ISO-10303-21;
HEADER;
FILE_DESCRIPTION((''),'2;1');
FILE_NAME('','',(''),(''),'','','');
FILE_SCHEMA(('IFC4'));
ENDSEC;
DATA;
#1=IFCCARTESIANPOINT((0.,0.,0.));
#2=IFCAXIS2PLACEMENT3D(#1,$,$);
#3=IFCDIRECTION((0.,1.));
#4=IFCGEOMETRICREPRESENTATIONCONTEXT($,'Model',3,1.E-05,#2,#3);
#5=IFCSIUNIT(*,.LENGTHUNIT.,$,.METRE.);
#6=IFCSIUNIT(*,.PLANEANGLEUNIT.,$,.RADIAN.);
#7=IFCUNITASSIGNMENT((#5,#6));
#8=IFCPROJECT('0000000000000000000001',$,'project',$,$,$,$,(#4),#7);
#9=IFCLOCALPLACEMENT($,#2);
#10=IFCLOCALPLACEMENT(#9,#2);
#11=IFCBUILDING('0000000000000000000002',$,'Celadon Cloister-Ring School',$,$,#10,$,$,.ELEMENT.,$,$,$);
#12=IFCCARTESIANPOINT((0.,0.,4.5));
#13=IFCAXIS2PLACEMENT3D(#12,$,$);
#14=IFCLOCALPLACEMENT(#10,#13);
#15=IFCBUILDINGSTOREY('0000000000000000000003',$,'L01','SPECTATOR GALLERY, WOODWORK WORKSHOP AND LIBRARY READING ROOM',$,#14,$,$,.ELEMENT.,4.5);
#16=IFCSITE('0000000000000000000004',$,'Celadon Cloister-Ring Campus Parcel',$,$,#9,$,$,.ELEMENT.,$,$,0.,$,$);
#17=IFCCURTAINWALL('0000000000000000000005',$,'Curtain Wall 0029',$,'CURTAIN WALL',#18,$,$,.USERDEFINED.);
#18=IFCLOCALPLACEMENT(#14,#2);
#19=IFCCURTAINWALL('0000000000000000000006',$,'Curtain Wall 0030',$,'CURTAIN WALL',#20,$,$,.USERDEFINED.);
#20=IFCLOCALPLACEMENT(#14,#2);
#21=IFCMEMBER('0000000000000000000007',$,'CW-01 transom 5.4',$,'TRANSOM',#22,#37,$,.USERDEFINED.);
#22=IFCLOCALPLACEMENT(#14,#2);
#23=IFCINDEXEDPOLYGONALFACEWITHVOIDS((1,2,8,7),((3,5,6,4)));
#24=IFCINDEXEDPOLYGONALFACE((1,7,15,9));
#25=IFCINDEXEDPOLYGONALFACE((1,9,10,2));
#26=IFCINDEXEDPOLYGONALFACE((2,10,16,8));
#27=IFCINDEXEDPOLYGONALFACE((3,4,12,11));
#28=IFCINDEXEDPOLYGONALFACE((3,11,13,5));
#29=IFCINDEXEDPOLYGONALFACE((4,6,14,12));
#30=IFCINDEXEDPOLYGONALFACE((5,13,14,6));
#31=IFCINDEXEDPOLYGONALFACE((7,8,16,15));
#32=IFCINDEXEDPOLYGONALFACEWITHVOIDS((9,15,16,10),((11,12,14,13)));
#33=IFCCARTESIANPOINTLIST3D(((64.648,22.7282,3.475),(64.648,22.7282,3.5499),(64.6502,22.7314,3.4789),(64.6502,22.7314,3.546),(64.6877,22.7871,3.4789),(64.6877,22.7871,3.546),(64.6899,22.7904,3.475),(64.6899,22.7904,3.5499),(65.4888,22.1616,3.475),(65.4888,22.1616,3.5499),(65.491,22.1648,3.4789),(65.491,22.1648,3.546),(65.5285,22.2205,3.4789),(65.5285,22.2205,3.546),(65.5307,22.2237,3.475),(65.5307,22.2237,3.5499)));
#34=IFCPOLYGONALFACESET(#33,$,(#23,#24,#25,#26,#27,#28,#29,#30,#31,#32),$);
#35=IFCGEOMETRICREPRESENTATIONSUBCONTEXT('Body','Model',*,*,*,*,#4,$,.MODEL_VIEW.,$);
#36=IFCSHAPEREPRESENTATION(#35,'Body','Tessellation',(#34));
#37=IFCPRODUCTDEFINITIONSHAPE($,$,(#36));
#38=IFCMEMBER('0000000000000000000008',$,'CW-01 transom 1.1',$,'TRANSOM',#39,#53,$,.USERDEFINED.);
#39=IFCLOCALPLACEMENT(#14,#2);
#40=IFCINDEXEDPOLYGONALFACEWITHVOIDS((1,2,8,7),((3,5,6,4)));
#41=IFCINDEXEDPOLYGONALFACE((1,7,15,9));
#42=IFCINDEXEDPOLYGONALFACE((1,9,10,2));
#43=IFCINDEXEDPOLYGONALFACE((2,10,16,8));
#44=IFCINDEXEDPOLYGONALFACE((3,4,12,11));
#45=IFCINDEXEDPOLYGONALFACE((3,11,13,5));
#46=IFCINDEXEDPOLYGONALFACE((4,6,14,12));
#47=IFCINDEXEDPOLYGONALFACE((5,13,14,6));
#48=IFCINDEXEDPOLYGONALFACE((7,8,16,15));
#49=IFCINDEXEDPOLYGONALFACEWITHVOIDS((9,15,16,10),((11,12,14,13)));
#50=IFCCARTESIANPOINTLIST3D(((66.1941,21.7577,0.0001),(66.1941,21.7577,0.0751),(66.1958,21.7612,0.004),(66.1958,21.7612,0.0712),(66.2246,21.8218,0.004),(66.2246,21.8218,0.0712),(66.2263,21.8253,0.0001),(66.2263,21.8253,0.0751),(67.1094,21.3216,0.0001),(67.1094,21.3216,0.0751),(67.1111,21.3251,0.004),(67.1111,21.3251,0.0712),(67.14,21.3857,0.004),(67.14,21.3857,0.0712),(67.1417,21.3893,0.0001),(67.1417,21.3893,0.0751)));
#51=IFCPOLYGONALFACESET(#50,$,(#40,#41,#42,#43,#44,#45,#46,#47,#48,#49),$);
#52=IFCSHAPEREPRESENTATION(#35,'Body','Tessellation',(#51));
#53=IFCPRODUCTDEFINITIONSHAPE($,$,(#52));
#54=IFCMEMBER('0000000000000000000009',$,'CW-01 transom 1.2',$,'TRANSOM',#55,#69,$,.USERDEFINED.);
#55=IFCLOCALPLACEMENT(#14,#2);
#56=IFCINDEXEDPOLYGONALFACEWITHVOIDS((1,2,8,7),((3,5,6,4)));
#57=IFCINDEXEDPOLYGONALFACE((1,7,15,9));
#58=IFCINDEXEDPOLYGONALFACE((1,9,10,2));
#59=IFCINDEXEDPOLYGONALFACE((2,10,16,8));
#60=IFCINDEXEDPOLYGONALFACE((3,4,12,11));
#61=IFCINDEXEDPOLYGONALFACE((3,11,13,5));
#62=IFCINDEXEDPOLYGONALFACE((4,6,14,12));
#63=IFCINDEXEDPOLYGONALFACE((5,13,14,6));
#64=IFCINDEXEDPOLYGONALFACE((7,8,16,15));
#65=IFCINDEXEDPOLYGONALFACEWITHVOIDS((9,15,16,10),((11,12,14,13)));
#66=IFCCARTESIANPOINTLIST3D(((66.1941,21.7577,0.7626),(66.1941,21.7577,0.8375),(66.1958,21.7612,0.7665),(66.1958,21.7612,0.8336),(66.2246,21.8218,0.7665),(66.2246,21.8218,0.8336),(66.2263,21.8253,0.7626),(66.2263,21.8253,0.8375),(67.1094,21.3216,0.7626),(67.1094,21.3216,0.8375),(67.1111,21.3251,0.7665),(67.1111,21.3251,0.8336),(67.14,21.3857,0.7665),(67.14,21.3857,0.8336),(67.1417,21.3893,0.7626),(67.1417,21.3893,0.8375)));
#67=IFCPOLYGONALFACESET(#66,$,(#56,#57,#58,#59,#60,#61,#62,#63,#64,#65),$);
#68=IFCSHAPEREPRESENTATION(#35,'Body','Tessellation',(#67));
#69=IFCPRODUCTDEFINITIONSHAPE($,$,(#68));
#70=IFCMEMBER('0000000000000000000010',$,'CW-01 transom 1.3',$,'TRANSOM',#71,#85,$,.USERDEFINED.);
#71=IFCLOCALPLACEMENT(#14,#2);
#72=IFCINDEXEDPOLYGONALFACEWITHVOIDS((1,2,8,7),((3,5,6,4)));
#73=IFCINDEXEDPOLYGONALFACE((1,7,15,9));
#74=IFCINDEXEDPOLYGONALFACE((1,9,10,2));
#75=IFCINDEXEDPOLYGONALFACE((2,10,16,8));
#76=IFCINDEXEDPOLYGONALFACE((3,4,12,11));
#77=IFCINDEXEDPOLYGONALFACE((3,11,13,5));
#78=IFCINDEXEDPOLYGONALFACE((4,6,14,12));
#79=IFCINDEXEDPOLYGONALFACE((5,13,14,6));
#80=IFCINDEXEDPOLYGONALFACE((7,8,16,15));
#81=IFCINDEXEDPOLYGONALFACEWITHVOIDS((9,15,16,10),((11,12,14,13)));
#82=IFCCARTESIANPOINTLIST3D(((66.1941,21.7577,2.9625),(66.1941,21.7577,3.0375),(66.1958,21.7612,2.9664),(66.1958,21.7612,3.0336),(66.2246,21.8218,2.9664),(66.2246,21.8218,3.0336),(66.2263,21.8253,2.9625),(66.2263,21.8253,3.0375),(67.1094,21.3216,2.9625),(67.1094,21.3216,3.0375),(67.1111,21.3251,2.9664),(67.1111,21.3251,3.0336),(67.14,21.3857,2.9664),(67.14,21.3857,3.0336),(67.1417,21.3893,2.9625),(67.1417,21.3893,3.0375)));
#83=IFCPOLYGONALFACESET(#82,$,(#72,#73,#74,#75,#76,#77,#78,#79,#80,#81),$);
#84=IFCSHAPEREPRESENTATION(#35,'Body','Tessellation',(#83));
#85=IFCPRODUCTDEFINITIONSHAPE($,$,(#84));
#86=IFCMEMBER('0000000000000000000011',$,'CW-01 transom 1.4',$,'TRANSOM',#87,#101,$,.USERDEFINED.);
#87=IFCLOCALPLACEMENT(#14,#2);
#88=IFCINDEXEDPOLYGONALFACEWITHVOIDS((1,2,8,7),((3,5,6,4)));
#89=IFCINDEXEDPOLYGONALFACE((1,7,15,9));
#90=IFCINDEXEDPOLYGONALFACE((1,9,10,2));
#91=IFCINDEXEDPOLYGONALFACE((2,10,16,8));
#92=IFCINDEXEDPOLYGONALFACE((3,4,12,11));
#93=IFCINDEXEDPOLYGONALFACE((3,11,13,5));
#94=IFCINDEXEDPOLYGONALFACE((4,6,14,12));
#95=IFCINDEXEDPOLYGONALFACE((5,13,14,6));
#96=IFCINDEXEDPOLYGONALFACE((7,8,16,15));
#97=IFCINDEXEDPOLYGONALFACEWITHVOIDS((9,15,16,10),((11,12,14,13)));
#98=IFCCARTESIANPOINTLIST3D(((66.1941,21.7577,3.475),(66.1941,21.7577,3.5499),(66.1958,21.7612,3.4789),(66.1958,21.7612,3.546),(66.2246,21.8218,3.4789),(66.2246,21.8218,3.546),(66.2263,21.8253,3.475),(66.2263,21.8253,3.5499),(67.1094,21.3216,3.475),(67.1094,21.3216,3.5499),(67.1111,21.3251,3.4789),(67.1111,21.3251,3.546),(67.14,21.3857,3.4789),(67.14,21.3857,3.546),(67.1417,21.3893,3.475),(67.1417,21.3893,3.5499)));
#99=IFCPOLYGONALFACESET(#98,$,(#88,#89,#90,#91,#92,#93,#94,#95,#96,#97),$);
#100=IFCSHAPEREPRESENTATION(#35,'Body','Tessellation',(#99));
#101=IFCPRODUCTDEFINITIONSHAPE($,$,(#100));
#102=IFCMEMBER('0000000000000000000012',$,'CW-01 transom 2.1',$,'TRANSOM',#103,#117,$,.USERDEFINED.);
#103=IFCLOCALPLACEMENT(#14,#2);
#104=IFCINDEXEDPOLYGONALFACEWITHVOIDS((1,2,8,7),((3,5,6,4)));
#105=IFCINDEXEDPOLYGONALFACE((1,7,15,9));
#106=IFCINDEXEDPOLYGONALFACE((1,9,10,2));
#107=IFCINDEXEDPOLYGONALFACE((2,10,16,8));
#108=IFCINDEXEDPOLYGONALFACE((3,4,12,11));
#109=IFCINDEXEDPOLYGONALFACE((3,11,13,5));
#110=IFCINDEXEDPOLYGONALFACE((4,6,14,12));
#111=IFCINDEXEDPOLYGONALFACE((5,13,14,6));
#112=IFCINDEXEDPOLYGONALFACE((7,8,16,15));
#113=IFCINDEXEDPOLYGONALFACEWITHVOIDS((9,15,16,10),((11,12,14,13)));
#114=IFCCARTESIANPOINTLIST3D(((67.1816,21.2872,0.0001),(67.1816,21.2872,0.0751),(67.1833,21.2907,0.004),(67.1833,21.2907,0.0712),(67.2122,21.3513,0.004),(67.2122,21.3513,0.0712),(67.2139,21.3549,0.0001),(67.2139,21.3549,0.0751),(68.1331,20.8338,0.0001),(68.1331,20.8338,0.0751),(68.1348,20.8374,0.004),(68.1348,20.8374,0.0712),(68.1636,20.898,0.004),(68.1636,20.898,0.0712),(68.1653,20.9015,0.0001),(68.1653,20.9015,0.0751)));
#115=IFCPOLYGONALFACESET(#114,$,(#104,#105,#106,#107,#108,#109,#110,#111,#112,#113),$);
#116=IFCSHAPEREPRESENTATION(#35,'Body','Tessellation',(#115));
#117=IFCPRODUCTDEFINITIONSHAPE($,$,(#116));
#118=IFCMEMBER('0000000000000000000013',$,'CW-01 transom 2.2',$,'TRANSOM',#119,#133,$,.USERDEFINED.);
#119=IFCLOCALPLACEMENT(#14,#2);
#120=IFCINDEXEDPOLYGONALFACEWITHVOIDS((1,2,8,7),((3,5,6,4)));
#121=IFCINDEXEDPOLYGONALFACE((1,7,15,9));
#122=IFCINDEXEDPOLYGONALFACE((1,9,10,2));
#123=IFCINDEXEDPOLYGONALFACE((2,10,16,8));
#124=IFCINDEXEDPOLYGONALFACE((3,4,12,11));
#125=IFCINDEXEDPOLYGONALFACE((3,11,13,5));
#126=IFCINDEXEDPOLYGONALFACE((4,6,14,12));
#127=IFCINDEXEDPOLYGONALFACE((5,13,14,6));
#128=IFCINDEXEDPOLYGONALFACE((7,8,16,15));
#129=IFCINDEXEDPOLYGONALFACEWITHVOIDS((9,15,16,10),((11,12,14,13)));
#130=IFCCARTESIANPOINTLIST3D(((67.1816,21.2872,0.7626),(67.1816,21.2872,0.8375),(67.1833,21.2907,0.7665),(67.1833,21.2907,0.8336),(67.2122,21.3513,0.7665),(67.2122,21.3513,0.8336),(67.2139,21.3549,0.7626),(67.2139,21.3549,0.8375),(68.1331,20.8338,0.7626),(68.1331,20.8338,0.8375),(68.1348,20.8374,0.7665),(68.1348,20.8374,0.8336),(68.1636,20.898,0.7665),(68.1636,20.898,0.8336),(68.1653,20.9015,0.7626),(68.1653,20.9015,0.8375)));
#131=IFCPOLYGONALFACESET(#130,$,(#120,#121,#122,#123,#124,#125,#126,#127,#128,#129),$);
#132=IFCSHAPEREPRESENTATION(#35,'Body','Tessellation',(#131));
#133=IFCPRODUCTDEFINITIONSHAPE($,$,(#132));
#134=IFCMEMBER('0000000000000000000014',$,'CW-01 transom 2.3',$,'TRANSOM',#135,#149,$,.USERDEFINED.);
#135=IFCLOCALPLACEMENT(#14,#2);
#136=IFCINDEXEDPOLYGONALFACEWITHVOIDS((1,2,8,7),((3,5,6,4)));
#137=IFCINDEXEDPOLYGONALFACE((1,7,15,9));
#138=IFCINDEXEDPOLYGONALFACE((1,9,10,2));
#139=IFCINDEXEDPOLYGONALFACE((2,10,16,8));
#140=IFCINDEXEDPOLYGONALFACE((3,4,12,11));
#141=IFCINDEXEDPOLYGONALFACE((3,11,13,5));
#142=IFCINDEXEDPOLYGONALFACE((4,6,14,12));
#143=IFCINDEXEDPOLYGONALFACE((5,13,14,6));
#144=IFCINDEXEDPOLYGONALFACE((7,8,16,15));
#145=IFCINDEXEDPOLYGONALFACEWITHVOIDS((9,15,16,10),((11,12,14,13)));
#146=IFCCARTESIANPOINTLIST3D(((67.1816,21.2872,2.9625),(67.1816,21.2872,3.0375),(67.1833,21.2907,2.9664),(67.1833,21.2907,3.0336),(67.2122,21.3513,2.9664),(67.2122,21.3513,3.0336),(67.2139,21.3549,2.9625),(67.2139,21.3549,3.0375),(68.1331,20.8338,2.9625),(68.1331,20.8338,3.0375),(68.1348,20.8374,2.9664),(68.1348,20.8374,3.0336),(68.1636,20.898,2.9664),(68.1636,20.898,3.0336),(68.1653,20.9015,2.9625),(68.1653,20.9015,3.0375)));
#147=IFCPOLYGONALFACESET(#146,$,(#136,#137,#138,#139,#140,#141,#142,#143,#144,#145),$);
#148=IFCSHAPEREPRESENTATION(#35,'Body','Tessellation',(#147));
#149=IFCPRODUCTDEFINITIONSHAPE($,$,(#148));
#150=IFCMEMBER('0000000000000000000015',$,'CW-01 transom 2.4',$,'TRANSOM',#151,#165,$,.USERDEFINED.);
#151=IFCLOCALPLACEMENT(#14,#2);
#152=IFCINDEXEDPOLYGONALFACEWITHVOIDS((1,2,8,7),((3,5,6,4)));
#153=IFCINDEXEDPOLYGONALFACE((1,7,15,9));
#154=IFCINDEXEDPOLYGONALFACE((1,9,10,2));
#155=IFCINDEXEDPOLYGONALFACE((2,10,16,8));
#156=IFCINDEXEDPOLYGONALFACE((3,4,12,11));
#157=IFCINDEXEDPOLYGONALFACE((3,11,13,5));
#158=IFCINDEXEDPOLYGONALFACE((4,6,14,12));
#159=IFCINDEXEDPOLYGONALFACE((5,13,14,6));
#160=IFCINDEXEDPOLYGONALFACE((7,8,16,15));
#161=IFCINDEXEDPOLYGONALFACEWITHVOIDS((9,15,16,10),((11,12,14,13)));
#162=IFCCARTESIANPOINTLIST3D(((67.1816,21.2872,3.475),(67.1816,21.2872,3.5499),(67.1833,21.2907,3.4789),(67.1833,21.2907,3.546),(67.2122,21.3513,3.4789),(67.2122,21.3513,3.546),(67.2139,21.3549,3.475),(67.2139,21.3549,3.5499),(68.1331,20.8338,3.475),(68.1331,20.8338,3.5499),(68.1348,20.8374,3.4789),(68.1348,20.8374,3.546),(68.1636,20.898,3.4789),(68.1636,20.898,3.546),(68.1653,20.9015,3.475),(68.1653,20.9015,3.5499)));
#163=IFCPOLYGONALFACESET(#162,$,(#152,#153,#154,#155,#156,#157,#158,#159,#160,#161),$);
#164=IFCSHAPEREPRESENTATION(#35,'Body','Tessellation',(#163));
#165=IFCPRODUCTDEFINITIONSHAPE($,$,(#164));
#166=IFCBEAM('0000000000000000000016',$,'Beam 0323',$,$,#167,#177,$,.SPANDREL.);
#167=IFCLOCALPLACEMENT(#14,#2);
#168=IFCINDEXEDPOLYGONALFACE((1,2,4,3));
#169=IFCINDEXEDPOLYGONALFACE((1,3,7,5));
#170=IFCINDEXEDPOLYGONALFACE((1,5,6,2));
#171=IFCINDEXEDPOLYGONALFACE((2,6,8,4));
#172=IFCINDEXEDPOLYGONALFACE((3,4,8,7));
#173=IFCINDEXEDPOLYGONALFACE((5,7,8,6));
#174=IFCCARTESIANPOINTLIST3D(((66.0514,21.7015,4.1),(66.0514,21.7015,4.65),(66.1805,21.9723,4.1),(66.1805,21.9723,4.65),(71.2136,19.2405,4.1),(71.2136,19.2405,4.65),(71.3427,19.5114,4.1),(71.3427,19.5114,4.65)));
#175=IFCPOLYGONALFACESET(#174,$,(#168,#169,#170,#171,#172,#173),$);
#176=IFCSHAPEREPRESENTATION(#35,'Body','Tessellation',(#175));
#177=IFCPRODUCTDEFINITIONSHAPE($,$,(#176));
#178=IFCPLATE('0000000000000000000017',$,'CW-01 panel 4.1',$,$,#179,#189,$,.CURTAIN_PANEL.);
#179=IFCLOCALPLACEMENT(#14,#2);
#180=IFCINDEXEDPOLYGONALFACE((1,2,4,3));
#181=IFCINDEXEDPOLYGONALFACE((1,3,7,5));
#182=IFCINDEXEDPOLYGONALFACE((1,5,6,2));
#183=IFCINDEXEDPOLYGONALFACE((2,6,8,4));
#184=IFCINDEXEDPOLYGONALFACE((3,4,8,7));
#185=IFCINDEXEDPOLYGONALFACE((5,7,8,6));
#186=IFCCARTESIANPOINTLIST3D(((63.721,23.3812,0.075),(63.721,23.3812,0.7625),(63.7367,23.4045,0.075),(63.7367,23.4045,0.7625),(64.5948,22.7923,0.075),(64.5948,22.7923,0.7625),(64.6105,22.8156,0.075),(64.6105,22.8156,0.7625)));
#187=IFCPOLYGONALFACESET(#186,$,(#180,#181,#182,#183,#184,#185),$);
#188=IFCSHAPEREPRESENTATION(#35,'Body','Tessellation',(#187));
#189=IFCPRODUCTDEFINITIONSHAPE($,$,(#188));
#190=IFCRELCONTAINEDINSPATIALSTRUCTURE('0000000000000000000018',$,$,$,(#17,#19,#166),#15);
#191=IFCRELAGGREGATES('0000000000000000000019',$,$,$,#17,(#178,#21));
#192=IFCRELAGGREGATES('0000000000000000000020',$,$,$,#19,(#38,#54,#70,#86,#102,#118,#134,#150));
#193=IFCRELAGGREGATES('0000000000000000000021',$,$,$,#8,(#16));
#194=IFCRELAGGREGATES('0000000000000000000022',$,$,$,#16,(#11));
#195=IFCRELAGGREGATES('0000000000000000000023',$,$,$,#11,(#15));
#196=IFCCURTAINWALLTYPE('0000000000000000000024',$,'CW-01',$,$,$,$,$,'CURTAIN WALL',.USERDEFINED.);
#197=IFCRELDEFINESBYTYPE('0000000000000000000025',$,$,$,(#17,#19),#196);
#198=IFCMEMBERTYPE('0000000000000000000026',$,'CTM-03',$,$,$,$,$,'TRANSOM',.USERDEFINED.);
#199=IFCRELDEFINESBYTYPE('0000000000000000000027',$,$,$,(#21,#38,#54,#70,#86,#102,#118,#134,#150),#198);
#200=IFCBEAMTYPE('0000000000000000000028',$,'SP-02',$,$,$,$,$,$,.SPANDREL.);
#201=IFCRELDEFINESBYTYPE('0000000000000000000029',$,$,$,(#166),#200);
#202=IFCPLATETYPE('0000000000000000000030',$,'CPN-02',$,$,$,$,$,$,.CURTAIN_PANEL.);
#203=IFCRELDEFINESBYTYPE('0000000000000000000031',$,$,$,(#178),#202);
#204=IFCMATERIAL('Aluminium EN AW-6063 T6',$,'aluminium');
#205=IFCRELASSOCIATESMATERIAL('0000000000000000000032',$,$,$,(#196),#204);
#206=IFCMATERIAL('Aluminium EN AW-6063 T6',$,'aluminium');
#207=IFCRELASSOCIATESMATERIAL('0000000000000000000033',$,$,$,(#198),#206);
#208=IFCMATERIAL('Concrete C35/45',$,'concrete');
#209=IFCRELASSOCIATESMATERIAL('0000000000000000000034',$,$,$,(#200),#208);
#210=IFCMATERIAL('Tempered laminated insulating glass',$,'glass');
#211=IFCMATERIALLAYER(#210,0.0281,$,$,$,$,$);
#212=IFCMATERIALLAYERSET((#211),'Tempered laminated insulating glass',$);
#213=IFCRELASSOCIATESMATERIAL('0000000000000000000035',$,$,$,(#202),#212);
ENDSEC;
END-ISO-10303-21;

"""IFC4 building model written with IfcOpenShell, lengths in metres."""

from ifc_helpers import new_model, si_unit, direction, frame, origin, origin_2d, place, context, subcontext, project, spatial, rectangle, hollow_rectangle, extrude, material, layer, layer_set, material_profile, profile_set, type_object, element, aggregate, save


model = new_model("IFC4")

# Units and contexts
model_context = context("Model", 3, precision=1e-05, world=origin(), true_north=direction((0.0, 1.0)))
body_context = subcontext(model_context, "Body", "Model", "MODEL_VIEW")
ifc_project = project(units=[si_unit("LENGTHUNIT", "METRE"), si_unit("PLANEANGLEUNIT", "RADIAN")], contexts=[model_context])

# Site, building, storey
site_placement = place(None, origin())
site = spatial("IfcSite", under=ifc_project, at=site_placement, Name="Celadon Cloister-Ring Campus Parcel", CompositionType="ELEMENT", RefElevation=0.0)
building_placement = place(site_placement, origin())
building = spatial("IfcBuilding", under=site, at=building_placement, Name="Celadon Cloister-Ring School", CompositionType="ELEMENT")
storey_placement = place(building_placement, frame((0.0, 0.0, 4.5)))
storey = spatial("IfcBuildingStorey", under=building, at=storey_placement, Name="L01", Description="SPECTATOR GALLERY, WOODWORK WORKSHOP AND LIBRARY READING ROOM", CompositionType="ELEMENT", Elevation=4.5)

# Curtain walls
ifc_material_1 = material(Name="Aluminium EN AW-6063 T6", Category="aluminium")
curtain_wall_type = type_object("IfcCurtainWallType", Name="CW-01", ElementType="CURTAIN WALL", PredefinedType="USERDEFINED", material=ifc_material_1)
curtain_wall_1_placement = place(storey_placement, origin())
curtain_wall_1 = element("IfcCurtainWall", 1, at=curtain_wall_1_placement, inside=storey, type_object=curtain_wall_type, Name="Curtain Wall 0029", ObjectType="CURTAIN WALL", PredefinedType="USERDEFINED")
curtain_wall_2_placement = place(storey_placement, origin())
curtain_wall_2 = element("IfcCurtainWall", 2, at=curtain_wall_2_placement, inside=storey, type_object=curtain_wall_type, Name="Curtain Wall 0030", ObjectType="CURTAIN WALL", PredefinedType="USERDEFINED")

# Members
ifc_material_2 = material(Name="Aluminium EN AW-6063 T6", Category="aluminium")
ifc_material_profile_1 = material_profile(ifc_material_2, hollow_rectangle(XDim=0.075, YDim=0.075, WallThickness=0.0039, at=origin_2d()), Name="RHS75X75X4")
ifc_profile_set_1 = profile_set([ifc_material_profile_1], Name="Aluminium EN AW-6063 T6")
member_type_1 = type_object("IfcMemberType", Name="CTM-03", ElementType="TRANSOM", PredefinedType="USERDEFINED", material=ifc_profile_set_1)
member_1_placement = place(storey_placement, frame((64.6689, 22.7593, 3.5125), z_axis=(0.829262, -0.558861, 0.0), x_axis=(0.558861, 0.829262, 0.0)))
member_1 = element("IfcMember", 3, at=member_1_placement, type_object=member_type_1, Name="CW-01 transom 5.4", ObjectType="TRANSOM", PredefinedType="USERDEFINED", context=body_context, shape_type="SweptSolid", body=[
    extrude(hollow_rectangle(XDim=0.075, YDim=0.075, WallThickness=0.0039, at=origin_2d()), origin(), (0.0, 0.0, 1.0), 1.0139),
])
member_2_placement = place(storey_placement, frame((66.2102, 21.7915, 0.0376), z_axis=(0.902789, -0.430083, 0.0), x_axis=(0.430083, 0.902789, 0.0)))
member_2 = element("IfcMember", 4, at=member_2_placement, type_object=member_type_1, Name="CW-01 transom 1.1", ObjectType="TRANSOM", PredefinedType="USERDEFINED", context=body_context, shape_type="SweptSolid", body=[
    extrude(hollow_rectangle(XDim=0.075, YDim=0.075, WallThickness=0.0039, at=origin_2d()), origin(), (0.0, 0.0, 1.0), 1.0139),
])
member_3_placement = place(storey_placement, frame((66.2102, 21.7915, 0.8), z_axis=(0.902789, -0.430083, 0.0), x_axis=(0.430083, 0.902789, 0.0)))
member_3 = element("IfcMember", 5, at=member_3_placement, type_object=member_type_1, Name="CW-01 transom 1.2", ObjectType="TRANSOM", PredefinedType="USERDEFINED", context=body_context, shape_type="SweptSolid", body=[
    extrude(hollow_rectangle(XDim=0.075, YDim=0.075, WallThickness=0.0039, at=origin_2d()), origin(), (0.0, 0.0, 1.0), 1.0139),
])
member_4_placement = place(storey_placement, frame((66.2102, 21.7915, 3.0), z_axis=(0.902789, -0.430083, 0.0), x_axis=(0.430083, 0.902789, 0.0)))
member_4 = element("IfcMember", 6, at=member_4_placement, type_object=member_type_1, Name="CW-01 transom 1.3", ObjectType="TRANSOM", PredefinedType="USERDEFINED", context=body_context, shape_type="SweptSolid", body=[
    extrude(hollow_rectangle(XDim=0.075, YDim=0.075, WallThickness=0.0039, at=origin_2d()), origin(), (0.0, 0.0, 1.0), 1.0139),
])
member_5_placement = place(storey_placement, frame((66.2102, 21.7915, 3.5125), z_axis=(0.902789, -0.430083, 0.0), x_axis=(0.430083, 0.902789, 0.0)))
member_5 = element("IfcMember", 7, at=member_5_placement, type_object=member_type_1, Name="CW-01 transom 1.4", ObjectType="TRANSOM", PredefinedType="USERDEFINED", context=body_context, shape_type="SweptSolid", body=[
    extrude(hollow_rectangle(XDim=0.075, YDim=0.075, WallThickness=0.0039, at=origin_2d()), origin(), (0.0, 0.0, 1.0), 1.0139),
])
member_6_placement = place(storey_placement, frame((67.1978, 21.321, 0.0376), z_axis=(0.902745, -0.430176, 0.0), x_axis=(0.430176, 0.902745, 0.0)))
member_6 = element("IfcMember", 8, at=member_6_placement, type_object=member_type_1, Name="CW-01 transom 2.1", ObjectType="TRANSOM", PredefinedType="USERDEFINED", context=body_context, shape_type="SweptSolid", body=[
    extrude(hollow_rectangle(XDim=0.075, YDim=0.075, WallThickness=0.0039, at=origin_2d()), origin(), (0.0, 0.0, 1.0), 1.054),
])
member_7_placement = place(storey_placement, frame((67.1978, 21.321, 0.8), z_axis=(0.902745, -0.430176, 0.0), x_axis=(0.430176, 0.902745, 0.0)))
member_7 = element("IfcMember", 9, at=member_7_placement, type_object=member_type_1, Name="CW-01 transom 2.2", ObjectType="TRANSOM", PredefinedType="USERDEFINED", context=body_context, shape_type="SweptSolid", body=[
    extrude(hollow_rectangle(XDim=0.075, YDim=0.075, WallThickness=0.0039, at=origin_2d()), origin(), (0.0, 0.0, 1.0), 1.054),
])
member_8_placement = place(storey_placement, frame((67.1978, 21.321, 3.0), z_axis=(0.902745, -0.430176, 0.0), x_axis=(0.430176, 0.902745, 0.0)))
member_8 = element("IfcMember", 10, at=member_8_placement, type_object=member_type_1, Name="CW-01 transom 2.3", ObjectType="TRANSOM", PredefinedType="USERDEFINED", context=body_context, shape_type="SweptSolid", body=[
    extrude(hollow_rectangle(XDim=0.075, YDim=0.075, WallThickness=0.0039, at=origin_2d()), origin(), (0.0, 0.0, 1.0), 1.054),
])
member_9_placement = place(storey_placement, frame((67.1978, 21.321, 3.5125), z_axis=(0.902745, -0.430176, 0.0), x_axis=(0.430176, 0.902745, 0.0)))
member_9 = element("IfcMember", 11, at=member_9_placement, type_object=member_type_1, Name="CW-01 transom 2.4", ObjectType="TRANSOM", PredefinedType="USERDEFINED", context=body_context, shape_type="SweptSolid", body=[
    extrude(hollow_rectangle(XDim=0.075, YDim=0.075, WallThickness=0.0039, at=origin_2d()), origin(), (0.0, 0.0, 1.0), 1.054),
])

# Beam
ifc_material_3 = material(Name="Concrete C35/45", Category="concrete")
ifc_material_profile_2 = material_profile(ifc_material_3, rectangle(XDim=0.3, YDim=0.55, at=origin_2d()), Name="RC300X550")
ifc_profile_set_2 = profile_set([ifc_material_profile_2], Name="Concrete C35/45")
beam_type = type_object("IfcBeamType", Name="SP-02", PredefinedType="SPANDREL", material=ifc_profile_set_2)
beam_placement = place(storey_placement, frame((66.116, 21.8369, 4.375), z_axis=(0.902671, -0.430331, 0.0), x_axis=(0.430331, 0.902671, 0.0)))
element("IfcBeam", 12, at=beam_placement, inside=storey, type_object=beam_type, Name="Beam 0323", PredefinedType="SPANDREL", context=body_context, shape_type="SweptSolid", body=[
    extrude(rectangle(XDim=0.3, YDim=0.55, at=origin_2d()), origin(), (0.0, 0.0, 1.0), 5.7188),
])

# Plate
ifc_material_4 = material(Name="Tempered laminated insulating glass", Category="glass")
ifc_layer = layer(ifc_material_4, 0.0281)
ifc_layer_set = layer_set([ifc_layer], Name="Tempered laminated insulating glass")
plate_type = type_object("IfcPlateType", Name="CPN-02", PredefinedType="CURTAIN_PANEL", material=ifc_layer_set)
plate_1_placement = place(storey_placement, frame((64.1658, 23.0984, 0.075), z_axis=(0.0, 0.0, 1.0), x_axis=(0.829272, -0.558846, 0.0)))
plate_1 = element("IfcPlate", 13, at=plate_1_placement, type_object=plate_type, Name="CW-01 panel 4.1", PredefinedType="CURTAIN_PANEL", context=body_context, shape_type="SweptSolid", body=[
    extrude(rectangle(XDim=1.0537, YDim=0.0281, at=origin_2d()), origin(), (0.0, 0.0, 1.0), 0.6875),
])
aggregate(curtain_wall_1, [plate_1, member_1])
aggregate(curtain_wall_2, [member_2, member_3, member_4, member_5, member_6, member_7, member_8, member_9])

save(model, "model.ifc")
